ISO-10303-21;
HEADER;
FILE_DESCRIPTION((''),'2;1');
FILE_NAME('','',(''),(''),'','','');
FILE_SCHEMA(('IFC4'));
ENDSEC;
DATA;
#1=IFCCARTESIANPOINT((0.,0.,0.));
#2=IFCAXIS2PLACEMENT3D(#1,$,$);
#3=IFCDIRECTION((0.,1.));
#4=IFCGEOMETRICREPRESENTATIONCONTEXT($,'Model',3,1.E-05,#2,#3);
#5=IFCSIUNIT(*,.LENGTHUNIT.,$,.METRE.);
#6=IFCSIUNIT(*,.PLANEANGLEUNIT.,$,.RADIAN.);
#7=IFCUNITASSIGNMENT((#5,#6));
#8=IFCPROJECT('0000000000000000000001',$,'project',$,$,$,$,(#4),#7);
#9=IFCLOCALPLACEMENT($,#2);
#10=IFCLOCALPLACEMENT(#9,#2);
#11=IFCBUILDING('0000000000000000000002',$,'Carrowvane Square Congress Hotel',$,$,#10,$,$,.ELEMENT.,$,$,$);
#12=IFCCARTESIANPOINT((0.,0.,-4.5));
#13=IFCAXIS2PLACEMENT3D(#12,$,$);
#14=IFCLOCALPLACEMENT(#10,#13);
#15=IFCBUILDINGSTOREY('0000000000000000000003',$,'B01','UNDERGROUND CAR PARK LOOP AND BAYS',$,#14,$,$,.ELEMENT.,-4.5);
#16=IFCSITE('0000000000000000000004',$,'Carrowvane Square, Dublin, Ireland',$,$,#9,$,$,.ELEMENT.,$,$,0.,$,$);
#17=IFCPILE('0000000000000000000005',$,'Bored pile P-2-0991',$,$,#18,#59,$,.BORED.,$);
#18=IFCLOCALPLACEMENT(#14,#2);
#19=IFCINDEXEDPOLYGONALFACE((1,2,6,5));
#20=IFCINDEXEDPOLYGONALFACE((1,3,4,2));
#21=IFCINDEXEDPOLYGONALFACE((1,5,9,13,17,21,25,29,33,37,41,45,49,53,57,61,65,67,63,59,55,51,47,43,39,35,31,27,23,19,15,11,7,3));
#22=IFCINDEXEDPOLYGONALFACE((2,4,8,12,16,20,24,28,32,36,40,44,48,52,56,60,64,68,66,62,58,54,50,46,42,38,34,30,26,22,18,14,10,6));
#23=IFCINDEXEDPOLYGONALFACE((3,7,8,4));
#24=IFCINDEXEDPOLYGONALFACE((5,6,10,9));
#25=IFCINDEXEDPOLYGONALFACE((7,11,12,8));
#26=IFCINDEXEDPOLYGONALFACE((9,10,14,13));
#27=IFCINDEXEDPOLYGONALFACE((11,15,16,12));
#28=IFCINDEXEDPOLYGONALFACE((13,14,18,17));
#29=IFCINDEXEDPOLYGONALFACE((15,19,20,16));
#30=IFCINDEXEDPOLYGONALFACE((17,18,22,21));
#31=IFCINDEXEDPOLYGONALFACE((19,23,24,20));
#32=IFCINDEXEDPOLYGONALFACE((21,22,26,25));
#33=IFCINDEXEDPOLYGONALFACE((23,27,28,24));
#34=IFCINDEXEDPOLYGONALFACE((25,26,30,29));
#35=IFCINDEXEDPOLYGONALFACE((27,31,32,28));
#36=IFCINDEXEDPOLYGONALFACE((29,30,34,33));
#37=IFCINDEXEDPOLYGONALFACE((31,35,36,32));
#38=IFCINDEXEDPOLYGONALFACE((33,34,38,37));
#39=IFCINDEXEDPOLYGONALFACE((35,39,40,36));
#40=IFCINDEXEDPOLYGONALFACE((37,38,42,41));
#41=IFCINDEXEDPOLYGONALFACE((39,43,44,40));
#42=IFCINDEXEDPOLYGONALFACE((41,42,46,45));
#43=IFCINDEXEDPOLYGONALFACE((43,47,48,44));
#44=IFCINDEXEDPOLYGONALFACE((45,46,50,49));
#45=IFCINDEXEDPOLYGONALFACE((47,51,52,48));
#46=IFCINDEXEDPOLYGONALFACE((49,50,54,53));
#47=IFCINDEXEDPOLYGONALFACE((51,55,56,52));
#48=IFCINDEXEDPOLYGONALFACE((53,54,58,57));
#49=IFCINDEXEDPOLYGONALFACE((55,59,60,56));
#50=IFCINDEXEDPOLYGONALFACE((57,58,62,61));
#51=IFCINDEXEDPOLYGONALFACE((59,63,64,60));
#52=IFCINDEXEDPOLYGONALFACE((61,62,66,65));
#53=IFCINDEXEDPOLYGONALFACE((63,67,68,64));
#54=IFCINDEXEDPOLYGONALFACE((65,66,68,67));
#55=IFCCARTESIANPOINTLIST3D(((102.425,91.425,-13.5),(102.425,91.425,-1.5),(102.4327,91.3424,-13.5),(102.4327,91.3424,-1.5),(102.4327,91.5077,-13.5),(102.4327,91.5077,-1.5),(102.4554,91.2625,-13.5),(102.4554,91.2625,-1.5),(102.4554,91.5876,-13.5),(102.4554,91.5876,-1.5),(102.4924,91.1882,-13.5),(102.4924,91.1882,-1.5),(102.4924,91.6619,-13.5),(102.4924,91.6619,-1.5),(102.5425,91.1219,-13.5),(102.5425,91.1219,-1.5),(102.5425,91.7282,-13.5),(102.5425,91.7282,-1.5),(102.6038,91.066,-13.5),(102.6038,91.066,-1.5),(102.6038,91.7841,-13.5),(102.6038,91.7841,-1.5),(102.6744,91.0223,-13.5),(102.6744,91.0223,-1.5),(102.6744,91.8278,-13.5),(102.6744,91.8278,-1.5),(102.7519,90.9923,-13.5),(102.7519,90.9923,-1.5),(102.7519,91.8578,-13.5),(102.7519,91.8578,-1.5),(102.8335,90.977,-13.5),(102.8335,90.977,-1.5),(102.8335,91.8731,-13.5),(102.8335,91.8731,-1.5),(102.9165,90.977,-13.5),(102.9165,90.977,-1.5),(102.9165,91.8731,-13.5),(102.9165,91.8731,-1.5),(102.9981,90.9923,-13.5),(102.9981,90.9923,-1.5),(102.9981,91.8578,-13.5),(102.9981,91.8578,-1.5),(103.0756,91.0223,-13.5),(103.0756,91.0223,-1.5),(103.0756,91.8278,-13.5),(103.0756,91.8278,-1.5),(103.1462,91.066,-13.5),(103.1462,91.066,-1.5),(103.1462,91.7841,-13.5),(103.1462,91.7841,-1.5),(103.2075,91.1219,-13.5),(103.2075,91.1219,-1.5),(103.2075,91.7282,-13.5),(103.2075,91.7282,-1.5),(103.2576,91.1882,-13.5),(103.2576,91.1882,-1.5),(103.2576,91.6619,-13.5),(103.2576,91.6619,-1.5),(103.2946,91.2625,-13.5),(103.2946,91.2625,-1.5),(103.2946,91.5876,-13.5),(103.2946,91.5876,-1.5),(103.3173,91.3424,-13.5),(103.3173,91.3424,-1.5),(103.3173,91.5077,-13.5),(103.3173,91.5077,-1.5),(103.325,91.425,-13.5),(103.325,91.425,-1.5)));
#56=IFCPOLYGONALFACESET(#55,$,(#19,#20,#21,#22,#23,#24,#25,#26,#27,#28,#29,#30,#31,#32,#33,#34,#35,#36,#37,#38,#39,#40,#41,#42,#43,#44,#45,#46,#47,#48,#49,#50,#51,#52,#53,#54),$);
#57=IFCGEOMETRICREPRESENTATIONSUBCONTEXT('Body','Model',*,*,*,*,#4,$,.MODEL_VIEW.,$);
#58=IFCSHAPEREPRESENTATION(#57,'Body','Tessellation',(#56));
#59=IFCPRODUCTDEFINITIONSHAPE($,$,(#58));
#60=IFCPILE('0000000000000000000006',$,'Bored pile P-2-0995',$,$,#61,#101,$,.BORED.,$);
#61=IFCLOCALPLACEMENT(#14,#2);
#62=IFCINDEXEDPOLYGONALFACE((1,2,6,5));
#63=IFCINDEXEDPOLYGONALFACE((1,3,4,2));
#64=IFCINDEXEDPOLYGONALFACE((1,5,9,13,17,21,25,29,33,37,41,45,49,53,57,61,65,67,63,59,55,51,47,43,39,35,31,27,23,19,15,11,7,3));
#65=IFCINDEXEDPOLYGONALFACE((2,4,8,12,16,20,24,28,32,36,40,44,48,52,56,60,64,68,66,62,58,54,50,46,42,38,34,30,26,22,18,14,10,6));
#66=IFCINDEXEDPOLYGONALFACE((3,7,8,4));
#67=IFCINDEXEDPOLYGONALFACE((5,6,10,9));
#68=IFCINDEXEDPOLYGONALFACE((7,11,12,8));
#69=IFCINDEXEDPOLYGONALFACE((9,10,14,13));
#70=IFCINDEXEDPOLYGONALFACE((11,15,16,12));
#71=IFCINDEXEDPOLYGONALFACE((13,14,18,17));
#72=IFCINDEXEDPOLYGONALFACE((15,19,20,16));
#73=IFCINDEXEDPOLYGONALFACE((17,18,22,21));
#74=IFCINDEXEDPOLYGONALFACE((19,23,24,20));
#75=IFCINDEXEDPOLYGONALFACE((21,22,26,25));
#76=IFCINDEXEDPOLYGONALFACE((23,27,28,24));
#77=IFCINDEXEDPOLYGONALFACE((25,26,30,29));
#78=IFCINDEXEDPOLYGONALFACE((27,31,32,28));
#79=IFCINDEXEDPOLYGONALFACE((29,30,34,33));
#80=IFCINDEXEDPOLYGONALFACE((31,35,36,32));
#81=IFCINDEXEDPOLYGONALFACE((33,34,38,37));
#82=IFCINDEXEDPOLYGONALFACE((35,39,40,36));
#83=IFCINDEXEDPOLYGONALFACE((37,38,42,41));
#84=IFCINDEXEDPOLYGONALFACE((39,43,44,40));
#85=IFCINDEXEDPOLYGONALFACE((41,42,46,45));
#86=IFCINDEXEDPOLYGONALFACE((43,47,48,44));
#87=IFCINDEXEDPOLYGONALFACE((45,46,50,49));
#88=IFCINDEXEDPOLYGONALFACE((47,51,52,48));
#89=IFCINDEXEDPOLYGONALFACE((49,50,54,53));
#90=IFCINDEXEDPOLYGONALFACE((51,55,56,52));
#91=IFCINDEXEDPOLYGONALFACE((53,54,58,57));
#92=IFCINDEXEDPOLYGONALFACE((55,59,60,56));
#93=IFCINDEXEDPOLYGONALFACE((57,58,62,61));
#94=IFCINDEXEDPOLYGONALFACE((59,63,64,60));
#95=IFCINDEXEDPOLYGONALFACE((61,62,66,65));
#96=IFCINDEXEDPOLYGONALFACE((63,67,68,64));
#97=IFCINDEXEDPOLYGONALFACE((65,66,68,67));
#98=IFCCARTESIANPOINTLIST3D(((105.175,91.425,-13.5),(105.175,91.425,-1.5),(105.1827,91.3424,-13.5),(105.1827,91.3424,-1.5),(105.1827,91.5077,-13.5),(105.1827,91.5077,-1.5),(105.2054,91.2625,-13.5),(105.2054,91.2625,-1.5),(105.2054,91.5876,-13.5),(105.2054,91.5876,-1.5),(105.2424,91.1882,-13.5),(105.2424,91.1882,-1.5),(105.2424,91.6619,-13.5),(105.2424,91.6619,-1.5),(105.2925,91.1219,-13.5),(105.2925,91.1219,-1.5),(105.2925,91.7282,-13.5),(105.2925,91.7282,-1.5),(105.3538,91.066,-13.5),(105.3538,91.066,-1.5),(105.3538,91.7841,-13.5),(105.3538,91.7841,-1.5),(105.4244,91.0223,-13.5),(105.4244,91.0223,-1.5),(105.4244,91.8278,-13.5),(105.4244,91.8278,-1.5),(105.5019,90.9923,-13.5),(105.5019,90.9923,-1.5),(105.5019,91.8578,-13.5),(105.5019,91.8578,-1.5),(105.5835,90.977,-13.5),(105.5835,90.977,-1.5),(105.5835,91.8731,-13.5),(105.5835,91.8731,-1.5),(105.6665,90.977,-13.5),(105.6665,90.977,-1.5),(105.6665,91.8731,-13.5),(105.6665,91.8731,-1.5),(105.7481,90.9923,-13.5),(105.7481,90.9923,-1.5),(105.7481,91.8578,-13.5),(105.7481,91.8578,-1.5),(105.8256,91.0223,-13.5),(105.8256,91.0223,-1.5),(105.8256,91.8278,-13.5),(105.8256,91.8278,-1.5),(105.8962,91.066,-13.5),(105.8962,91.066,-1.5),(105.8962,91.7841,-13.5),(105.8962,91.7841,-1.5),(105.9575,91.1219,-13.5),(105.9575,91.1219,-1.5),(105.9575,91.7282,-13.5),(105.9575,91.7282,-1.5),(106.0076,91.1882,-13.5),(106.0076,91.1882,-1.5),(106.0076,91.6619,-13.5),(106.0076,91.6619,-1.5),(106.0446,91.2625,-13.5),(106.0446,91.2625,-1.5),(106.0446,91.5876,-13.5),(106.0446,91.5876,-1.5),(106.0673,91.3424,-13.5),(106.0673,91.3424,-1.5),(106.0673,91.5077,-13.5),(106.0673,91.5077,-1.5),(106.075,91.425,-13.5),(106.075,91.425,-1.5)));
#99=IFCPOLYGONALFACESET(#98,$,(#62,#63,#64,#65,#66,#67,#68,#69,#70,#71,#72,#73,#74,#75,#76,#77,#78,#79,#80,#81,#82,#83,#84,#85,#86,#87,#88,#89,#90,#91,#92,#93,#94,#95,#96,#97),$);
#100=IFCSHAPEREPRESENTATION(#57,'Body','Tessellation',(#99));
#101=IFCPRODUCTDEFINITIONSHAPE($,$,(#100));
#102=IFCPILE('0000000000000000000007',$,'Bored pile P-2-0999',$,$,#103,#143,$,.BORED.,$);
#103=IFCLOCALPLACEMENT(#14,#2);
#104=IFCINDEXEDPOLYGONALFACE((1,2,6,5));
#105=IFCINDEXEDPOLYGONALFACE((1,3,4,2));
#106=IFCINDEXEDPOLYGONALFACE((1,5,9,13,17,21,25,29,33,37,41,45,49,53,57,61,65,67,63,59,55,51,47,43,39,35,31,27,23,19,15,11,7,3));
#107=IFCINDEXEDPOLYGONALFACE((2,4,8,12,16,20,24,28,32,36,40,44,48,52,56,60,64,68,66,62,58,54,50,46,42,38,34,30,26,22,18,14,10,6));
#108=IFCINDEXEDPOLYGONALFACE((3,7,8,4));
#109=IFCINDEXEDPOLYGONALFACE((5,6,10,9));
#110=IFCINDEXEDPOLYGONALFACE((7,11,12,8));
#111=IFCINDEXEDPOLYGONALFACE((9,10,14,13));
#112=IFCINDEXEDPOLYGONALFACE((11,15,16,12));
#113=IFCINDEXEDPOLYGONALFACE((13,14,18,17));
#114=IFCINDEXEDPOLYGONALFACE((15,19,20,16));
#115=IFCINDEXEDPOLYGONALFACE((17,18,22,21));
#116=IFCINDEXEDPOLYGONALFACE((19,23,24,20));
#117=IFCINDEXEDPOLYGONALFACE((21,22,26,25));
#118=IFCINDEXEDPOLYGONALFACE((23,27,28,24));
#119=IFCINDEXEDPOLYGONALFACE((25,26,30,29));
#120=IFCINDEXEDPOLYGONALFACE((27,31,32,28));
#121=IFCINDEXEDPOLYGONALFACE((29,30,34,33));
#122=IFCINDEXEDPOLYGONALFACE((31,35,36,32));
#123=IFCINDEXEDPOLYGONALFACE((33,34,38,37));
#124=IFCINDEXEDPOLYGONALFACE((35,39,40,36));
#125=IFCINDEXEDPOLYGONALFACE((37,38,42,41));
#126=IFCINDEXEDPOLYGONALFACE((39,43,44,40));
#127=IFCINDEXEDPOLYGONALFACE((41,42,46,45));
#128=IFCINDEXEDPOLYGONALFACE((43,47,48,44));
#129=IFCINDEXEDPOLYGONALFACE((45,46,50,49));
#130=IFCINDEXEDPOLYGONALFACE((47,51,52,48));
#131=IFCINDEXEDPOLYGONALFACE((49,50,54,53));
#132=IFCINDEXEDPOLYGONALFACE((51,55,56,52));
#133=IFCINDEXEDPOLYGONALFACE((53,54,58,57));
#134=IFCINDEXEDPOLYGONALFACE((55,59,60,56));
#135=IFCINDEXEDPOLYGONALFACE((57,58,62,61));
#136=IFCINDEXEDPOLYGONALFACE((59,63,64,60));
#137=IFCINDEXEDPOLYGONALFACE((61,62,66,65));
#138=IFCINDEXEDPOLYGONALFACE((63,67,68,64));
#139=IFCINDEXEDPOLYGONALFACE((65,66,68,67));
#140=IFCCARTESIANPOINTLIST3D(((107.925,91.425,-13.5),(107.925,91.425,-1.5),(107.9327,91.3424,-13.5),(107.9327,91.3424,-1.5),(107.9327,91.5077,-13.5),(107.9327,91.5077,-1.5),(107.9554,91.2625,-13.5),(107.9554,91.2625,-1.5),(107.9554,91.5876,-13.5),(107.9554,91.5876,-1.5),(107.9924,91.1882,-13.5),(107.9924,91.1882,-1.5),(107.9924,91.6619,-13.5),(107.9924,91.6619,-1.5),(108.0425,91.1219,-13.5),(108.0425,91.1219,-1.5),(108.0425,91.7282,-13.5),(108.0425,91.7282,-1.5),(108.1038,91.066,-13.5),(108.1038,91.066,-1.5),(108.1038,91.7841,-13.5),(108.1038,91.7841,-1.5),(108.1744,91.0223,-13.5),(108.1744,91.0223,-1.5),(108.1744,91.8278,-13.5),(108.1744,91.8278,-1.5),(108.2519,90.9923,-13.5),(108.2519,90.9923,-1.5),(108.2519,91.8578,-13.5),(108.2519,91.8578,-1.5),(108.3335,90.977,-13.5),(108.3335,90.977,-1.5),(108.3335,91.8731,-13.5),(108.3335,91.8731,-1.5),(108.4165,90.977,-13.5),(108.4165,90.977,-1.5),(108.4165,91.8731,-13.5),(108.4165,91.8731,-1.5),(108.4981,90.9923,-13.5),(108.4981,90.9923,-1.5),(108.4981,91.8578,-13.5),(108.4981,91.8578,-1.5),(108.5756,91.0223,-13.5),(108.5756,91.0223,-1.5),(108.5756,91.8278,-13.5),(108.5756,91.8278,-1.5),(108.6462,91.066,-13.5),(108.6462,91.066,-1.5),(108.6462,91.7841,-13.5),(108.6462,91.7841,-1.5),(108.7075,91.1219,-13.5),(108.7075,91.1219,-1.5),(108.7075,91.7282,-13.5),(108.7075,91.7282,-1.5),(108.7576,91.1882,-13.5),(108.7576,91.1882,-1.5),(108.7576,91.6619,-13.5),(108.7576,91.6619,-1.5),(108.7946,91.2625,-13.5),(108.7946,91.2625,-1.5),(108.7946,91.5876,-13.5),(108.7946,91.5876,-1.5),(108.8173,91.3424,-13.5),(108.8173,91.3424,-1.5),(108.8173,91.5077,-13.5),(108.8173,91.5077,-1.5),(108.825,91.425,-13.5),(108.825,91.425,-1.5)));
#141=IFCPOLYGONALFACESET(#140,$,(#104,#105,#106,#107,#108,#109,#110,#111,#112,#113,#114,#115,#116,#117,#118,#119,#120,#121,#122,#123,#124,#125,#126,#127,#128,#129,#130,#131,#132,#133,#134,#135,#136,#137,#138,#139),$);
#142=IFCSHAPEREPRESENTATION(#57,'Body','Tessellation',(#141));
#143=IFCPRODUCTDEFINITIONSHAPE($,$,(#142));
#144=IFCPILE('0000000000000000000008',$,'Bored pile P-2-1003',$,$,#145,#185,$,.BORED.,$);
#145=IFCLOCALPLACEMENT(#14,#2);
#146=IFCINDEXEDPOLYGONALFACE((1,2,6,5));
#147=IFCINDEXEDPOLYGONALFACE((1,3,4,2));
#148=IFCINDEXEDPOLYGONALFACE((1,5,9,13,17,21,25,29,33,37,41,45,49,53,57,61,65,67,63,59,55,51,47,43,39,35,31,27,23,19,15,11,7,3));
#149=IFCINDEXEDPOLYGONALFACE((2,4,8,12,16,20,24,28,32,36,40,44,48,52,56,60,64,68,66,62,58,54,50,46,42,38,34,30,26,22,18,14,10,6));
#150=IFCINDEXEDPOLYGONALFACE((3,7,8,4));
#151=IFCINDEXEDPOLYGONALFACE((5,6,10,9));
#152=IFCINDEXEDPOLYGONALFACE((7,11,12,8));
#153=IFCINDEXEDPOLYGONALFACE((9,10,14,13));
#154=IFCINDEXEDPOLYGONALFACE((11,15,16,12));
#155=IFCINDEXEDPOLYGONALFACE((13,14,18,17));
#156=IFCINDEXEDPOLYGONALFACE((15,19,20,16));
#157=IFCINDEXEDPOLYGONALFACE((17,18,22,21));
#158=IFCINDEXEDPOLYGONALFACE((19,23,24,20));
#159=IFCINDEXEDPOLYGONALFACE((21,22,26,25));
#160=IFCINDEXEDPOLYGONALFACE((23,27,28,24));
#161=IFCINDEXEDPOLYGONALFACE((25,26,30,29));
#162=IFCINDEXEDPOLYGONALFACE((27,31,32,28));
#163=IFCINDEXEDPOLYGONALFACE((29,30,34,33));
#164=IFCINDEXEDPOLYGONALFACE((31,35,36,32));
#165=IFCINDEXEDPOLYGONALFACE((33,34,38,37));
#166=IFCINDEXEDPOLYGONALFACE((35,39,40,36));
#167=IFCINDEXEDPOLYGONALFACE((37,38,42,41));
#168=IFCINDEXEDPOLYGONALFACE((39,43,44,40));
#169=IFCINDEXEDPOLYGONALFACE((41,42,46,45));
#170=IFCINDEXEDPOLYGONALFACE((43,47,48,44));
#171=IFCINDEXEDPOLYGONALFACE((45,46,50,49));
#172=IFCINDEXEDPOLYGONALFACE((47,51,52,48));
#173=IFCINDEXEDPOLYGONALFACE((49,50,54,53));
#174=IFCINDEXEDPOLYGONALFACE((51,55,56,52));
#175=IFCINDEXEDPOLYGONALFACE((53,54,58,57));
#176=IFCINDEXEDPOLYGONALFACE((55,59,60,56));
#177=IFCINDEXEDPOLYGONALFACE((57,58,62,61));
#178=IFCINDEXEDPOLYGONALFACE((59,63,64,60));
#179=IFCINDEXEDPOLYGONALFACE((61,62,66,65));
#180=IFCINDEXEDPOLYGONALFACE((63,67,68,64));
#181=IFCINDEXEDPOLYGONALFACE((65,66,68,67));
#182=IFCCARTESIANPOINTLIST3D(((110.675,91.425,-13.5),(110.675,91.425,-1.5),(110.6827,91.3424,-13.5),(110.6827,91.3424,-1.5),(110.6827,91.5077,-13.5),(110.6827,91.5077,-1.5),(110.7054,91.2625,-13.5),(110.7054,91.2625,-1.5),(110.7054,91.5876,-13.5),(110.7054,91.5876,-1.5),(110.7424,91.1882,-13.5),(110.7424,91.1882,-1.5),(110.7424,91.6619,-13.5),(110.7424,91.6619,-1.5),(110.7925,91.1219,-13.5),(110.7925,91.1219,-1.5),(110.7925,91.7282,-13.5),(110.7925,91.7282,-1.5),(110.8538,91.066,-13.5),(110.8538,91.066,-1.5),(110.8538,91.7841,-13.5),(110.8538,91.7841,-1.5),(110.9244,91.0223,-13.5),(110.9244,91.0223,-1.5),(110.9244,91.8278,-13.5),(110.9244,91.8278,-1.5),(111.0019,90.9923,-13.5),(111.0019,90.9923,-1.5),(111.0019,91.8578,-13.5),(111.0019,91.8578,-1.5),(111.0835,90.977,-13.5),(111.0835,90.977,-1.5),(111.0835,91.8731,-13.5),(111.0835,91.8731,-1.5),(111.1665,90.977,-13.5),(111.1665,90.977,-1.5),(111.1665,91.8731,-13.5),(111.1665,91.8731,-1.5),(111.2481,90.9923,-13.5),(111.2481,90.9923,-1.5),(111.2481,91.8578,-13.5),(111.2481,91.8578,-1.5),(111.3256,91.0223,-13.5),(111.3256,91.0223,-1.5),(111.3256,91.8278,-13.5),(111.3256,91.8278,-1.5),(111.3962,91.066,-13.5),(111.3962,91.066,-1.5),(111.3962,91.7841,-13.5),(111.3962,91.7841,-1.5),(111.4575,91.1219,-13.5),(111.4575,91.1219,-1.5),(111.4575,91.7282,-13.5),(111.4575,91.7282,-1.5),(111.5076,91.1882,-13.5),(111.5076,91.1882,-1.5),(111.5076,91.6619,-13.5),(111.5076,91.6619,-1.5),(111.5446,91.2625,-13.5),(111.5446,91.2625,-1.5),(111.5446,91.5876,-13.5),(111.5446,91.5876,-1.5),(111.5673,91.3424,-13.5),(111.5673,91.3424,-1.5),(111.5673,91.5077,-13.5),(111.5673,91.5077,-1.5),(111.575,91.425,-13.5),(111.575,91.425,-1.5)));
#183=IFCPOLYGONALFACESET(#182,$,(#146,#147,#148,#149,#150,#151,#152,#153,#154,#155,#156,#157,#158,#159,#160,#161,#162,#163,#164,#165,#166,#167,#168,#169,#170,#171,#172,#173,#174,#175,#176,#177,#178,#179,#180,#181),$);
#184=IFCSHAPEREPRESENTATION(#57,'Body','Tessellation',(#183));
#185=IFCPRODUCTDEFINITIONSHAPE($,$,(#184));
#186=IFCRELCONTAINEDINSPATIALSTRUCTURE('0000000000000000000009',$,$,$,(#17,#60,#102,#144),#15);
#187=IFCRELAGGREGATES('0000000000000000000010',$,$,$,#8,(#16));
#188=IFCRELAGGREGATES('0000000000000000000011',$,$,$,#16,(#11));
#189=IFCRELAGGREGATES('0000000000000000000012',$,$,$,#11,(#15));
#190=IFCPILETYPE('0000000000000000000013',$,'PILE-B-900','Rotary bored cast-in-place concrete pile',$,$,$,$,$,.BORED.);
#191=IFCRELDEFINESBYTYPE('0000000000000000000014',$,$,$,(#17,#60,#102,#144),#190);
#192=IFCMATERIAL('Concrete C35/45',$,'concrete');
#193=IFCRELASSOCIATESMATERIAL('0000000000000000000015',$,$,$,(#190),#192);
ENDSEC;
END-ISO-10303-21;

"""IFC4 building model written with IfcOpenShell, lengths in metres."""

from ifc_helpers import new_model, si_unit, direction, frame, origin, origin_2d, place, context, subcontext, project, spatial, circle, extrude, material, material_profile, profile_set, type_object, element, save


model = new_model("IFC4")

# Units and contexts
model_context = context("Model", 3, precision=1e-05, world=origin(), true_north=direction((0.0, 1.0)))
body_context = subcontext(model_context, "Body", "Model", "MODEL_VIEW")
ifc_project = project(units=[si_unit("LENGTHUNIT", "METRE"), si_unit("PLANEANGLEUNIT", "RADIAN")], contexts=[model_context])

# Site, building, storey
site_placement = place(None, origin())
site = spatial("IfcSite", under=ifc_project, at=site_placement, Name="Carrowvane Square, Dublin, Ireland", CompositionType="ELEMENT", RefElevation=0.0)
building_placement = place(site_placement, origin())
building = spatial("IfcBuilding", under=site, at=building_placement, Name="Carrowvane Square Congress Hotel", CompositionType="ELEMENT")
storey_placement = place(building_placement, frame((0.0, 0.0, -4.5)))
storey = spatial("IfcBuildingStorey", under=building, at=storey_placement, Name="B01", Description="UNDERGROUND CAR PARK LOOP AND BAYS", CompositionType="ELEMENT", Elevation=-4.5)

# Piles
ifc_material_1 = material(Name="Concrete C35/45", Category="concrete")
ifc_material_profile_1 = material_profile(ifc_material_1, circle(Radius=0.45, at=origin_2d()), Name="PILE D900")
ifc_profile_set_1 = profile_set([ifc_material_profile_1], Name="Concrete C35/45")
pile_type_1 = type_object("IfcPileType", Name="PILE-B-900", Description="Rotary bored cast-in-place concrete pile", PredefinedType="BORED", material=ifc_profile_set_1)
for number, where, z_axis, x_axis, name in (
    (1, (102.875, 91.425, -1.5), (0.0, 0.0, -1.0), (1.0, 0.0, 0.0), "Bored pile P-2-0991"),
    (2, (105.625, 91.425, -1.5), (0.0, 0.0, -1.0), (1.0, 0.0, 0.0), "Bored pile P-2-0995"),
    (3, (108.375, 91.425, -1.5), (0.0, 0.0, -1.0), (1.0, 0.0, 0.0), "Bored pile P-2-0999"),
    (4, (111.125, 91.425, -1.5), (0.0, 0.0, -1.0), (1.0, 0.0, 0.0), "Bored pile P-2-1003"),
):
    element("IfcPile", number, at=place(storey_placement, frame(where, z_axis=z_axis, x_axis=x_axis)), inside=storey, type_object=pile_type_1, Name=name, PredefinedType="BORED", context=body_context, shape_type="SweptSolid", body=[
        extrude(circle(Radius=0.45, at=origin_2d()), origin(), (0.0, 0.0, 1.0), 12.0),
    ])

save(model, "model.ifc")
